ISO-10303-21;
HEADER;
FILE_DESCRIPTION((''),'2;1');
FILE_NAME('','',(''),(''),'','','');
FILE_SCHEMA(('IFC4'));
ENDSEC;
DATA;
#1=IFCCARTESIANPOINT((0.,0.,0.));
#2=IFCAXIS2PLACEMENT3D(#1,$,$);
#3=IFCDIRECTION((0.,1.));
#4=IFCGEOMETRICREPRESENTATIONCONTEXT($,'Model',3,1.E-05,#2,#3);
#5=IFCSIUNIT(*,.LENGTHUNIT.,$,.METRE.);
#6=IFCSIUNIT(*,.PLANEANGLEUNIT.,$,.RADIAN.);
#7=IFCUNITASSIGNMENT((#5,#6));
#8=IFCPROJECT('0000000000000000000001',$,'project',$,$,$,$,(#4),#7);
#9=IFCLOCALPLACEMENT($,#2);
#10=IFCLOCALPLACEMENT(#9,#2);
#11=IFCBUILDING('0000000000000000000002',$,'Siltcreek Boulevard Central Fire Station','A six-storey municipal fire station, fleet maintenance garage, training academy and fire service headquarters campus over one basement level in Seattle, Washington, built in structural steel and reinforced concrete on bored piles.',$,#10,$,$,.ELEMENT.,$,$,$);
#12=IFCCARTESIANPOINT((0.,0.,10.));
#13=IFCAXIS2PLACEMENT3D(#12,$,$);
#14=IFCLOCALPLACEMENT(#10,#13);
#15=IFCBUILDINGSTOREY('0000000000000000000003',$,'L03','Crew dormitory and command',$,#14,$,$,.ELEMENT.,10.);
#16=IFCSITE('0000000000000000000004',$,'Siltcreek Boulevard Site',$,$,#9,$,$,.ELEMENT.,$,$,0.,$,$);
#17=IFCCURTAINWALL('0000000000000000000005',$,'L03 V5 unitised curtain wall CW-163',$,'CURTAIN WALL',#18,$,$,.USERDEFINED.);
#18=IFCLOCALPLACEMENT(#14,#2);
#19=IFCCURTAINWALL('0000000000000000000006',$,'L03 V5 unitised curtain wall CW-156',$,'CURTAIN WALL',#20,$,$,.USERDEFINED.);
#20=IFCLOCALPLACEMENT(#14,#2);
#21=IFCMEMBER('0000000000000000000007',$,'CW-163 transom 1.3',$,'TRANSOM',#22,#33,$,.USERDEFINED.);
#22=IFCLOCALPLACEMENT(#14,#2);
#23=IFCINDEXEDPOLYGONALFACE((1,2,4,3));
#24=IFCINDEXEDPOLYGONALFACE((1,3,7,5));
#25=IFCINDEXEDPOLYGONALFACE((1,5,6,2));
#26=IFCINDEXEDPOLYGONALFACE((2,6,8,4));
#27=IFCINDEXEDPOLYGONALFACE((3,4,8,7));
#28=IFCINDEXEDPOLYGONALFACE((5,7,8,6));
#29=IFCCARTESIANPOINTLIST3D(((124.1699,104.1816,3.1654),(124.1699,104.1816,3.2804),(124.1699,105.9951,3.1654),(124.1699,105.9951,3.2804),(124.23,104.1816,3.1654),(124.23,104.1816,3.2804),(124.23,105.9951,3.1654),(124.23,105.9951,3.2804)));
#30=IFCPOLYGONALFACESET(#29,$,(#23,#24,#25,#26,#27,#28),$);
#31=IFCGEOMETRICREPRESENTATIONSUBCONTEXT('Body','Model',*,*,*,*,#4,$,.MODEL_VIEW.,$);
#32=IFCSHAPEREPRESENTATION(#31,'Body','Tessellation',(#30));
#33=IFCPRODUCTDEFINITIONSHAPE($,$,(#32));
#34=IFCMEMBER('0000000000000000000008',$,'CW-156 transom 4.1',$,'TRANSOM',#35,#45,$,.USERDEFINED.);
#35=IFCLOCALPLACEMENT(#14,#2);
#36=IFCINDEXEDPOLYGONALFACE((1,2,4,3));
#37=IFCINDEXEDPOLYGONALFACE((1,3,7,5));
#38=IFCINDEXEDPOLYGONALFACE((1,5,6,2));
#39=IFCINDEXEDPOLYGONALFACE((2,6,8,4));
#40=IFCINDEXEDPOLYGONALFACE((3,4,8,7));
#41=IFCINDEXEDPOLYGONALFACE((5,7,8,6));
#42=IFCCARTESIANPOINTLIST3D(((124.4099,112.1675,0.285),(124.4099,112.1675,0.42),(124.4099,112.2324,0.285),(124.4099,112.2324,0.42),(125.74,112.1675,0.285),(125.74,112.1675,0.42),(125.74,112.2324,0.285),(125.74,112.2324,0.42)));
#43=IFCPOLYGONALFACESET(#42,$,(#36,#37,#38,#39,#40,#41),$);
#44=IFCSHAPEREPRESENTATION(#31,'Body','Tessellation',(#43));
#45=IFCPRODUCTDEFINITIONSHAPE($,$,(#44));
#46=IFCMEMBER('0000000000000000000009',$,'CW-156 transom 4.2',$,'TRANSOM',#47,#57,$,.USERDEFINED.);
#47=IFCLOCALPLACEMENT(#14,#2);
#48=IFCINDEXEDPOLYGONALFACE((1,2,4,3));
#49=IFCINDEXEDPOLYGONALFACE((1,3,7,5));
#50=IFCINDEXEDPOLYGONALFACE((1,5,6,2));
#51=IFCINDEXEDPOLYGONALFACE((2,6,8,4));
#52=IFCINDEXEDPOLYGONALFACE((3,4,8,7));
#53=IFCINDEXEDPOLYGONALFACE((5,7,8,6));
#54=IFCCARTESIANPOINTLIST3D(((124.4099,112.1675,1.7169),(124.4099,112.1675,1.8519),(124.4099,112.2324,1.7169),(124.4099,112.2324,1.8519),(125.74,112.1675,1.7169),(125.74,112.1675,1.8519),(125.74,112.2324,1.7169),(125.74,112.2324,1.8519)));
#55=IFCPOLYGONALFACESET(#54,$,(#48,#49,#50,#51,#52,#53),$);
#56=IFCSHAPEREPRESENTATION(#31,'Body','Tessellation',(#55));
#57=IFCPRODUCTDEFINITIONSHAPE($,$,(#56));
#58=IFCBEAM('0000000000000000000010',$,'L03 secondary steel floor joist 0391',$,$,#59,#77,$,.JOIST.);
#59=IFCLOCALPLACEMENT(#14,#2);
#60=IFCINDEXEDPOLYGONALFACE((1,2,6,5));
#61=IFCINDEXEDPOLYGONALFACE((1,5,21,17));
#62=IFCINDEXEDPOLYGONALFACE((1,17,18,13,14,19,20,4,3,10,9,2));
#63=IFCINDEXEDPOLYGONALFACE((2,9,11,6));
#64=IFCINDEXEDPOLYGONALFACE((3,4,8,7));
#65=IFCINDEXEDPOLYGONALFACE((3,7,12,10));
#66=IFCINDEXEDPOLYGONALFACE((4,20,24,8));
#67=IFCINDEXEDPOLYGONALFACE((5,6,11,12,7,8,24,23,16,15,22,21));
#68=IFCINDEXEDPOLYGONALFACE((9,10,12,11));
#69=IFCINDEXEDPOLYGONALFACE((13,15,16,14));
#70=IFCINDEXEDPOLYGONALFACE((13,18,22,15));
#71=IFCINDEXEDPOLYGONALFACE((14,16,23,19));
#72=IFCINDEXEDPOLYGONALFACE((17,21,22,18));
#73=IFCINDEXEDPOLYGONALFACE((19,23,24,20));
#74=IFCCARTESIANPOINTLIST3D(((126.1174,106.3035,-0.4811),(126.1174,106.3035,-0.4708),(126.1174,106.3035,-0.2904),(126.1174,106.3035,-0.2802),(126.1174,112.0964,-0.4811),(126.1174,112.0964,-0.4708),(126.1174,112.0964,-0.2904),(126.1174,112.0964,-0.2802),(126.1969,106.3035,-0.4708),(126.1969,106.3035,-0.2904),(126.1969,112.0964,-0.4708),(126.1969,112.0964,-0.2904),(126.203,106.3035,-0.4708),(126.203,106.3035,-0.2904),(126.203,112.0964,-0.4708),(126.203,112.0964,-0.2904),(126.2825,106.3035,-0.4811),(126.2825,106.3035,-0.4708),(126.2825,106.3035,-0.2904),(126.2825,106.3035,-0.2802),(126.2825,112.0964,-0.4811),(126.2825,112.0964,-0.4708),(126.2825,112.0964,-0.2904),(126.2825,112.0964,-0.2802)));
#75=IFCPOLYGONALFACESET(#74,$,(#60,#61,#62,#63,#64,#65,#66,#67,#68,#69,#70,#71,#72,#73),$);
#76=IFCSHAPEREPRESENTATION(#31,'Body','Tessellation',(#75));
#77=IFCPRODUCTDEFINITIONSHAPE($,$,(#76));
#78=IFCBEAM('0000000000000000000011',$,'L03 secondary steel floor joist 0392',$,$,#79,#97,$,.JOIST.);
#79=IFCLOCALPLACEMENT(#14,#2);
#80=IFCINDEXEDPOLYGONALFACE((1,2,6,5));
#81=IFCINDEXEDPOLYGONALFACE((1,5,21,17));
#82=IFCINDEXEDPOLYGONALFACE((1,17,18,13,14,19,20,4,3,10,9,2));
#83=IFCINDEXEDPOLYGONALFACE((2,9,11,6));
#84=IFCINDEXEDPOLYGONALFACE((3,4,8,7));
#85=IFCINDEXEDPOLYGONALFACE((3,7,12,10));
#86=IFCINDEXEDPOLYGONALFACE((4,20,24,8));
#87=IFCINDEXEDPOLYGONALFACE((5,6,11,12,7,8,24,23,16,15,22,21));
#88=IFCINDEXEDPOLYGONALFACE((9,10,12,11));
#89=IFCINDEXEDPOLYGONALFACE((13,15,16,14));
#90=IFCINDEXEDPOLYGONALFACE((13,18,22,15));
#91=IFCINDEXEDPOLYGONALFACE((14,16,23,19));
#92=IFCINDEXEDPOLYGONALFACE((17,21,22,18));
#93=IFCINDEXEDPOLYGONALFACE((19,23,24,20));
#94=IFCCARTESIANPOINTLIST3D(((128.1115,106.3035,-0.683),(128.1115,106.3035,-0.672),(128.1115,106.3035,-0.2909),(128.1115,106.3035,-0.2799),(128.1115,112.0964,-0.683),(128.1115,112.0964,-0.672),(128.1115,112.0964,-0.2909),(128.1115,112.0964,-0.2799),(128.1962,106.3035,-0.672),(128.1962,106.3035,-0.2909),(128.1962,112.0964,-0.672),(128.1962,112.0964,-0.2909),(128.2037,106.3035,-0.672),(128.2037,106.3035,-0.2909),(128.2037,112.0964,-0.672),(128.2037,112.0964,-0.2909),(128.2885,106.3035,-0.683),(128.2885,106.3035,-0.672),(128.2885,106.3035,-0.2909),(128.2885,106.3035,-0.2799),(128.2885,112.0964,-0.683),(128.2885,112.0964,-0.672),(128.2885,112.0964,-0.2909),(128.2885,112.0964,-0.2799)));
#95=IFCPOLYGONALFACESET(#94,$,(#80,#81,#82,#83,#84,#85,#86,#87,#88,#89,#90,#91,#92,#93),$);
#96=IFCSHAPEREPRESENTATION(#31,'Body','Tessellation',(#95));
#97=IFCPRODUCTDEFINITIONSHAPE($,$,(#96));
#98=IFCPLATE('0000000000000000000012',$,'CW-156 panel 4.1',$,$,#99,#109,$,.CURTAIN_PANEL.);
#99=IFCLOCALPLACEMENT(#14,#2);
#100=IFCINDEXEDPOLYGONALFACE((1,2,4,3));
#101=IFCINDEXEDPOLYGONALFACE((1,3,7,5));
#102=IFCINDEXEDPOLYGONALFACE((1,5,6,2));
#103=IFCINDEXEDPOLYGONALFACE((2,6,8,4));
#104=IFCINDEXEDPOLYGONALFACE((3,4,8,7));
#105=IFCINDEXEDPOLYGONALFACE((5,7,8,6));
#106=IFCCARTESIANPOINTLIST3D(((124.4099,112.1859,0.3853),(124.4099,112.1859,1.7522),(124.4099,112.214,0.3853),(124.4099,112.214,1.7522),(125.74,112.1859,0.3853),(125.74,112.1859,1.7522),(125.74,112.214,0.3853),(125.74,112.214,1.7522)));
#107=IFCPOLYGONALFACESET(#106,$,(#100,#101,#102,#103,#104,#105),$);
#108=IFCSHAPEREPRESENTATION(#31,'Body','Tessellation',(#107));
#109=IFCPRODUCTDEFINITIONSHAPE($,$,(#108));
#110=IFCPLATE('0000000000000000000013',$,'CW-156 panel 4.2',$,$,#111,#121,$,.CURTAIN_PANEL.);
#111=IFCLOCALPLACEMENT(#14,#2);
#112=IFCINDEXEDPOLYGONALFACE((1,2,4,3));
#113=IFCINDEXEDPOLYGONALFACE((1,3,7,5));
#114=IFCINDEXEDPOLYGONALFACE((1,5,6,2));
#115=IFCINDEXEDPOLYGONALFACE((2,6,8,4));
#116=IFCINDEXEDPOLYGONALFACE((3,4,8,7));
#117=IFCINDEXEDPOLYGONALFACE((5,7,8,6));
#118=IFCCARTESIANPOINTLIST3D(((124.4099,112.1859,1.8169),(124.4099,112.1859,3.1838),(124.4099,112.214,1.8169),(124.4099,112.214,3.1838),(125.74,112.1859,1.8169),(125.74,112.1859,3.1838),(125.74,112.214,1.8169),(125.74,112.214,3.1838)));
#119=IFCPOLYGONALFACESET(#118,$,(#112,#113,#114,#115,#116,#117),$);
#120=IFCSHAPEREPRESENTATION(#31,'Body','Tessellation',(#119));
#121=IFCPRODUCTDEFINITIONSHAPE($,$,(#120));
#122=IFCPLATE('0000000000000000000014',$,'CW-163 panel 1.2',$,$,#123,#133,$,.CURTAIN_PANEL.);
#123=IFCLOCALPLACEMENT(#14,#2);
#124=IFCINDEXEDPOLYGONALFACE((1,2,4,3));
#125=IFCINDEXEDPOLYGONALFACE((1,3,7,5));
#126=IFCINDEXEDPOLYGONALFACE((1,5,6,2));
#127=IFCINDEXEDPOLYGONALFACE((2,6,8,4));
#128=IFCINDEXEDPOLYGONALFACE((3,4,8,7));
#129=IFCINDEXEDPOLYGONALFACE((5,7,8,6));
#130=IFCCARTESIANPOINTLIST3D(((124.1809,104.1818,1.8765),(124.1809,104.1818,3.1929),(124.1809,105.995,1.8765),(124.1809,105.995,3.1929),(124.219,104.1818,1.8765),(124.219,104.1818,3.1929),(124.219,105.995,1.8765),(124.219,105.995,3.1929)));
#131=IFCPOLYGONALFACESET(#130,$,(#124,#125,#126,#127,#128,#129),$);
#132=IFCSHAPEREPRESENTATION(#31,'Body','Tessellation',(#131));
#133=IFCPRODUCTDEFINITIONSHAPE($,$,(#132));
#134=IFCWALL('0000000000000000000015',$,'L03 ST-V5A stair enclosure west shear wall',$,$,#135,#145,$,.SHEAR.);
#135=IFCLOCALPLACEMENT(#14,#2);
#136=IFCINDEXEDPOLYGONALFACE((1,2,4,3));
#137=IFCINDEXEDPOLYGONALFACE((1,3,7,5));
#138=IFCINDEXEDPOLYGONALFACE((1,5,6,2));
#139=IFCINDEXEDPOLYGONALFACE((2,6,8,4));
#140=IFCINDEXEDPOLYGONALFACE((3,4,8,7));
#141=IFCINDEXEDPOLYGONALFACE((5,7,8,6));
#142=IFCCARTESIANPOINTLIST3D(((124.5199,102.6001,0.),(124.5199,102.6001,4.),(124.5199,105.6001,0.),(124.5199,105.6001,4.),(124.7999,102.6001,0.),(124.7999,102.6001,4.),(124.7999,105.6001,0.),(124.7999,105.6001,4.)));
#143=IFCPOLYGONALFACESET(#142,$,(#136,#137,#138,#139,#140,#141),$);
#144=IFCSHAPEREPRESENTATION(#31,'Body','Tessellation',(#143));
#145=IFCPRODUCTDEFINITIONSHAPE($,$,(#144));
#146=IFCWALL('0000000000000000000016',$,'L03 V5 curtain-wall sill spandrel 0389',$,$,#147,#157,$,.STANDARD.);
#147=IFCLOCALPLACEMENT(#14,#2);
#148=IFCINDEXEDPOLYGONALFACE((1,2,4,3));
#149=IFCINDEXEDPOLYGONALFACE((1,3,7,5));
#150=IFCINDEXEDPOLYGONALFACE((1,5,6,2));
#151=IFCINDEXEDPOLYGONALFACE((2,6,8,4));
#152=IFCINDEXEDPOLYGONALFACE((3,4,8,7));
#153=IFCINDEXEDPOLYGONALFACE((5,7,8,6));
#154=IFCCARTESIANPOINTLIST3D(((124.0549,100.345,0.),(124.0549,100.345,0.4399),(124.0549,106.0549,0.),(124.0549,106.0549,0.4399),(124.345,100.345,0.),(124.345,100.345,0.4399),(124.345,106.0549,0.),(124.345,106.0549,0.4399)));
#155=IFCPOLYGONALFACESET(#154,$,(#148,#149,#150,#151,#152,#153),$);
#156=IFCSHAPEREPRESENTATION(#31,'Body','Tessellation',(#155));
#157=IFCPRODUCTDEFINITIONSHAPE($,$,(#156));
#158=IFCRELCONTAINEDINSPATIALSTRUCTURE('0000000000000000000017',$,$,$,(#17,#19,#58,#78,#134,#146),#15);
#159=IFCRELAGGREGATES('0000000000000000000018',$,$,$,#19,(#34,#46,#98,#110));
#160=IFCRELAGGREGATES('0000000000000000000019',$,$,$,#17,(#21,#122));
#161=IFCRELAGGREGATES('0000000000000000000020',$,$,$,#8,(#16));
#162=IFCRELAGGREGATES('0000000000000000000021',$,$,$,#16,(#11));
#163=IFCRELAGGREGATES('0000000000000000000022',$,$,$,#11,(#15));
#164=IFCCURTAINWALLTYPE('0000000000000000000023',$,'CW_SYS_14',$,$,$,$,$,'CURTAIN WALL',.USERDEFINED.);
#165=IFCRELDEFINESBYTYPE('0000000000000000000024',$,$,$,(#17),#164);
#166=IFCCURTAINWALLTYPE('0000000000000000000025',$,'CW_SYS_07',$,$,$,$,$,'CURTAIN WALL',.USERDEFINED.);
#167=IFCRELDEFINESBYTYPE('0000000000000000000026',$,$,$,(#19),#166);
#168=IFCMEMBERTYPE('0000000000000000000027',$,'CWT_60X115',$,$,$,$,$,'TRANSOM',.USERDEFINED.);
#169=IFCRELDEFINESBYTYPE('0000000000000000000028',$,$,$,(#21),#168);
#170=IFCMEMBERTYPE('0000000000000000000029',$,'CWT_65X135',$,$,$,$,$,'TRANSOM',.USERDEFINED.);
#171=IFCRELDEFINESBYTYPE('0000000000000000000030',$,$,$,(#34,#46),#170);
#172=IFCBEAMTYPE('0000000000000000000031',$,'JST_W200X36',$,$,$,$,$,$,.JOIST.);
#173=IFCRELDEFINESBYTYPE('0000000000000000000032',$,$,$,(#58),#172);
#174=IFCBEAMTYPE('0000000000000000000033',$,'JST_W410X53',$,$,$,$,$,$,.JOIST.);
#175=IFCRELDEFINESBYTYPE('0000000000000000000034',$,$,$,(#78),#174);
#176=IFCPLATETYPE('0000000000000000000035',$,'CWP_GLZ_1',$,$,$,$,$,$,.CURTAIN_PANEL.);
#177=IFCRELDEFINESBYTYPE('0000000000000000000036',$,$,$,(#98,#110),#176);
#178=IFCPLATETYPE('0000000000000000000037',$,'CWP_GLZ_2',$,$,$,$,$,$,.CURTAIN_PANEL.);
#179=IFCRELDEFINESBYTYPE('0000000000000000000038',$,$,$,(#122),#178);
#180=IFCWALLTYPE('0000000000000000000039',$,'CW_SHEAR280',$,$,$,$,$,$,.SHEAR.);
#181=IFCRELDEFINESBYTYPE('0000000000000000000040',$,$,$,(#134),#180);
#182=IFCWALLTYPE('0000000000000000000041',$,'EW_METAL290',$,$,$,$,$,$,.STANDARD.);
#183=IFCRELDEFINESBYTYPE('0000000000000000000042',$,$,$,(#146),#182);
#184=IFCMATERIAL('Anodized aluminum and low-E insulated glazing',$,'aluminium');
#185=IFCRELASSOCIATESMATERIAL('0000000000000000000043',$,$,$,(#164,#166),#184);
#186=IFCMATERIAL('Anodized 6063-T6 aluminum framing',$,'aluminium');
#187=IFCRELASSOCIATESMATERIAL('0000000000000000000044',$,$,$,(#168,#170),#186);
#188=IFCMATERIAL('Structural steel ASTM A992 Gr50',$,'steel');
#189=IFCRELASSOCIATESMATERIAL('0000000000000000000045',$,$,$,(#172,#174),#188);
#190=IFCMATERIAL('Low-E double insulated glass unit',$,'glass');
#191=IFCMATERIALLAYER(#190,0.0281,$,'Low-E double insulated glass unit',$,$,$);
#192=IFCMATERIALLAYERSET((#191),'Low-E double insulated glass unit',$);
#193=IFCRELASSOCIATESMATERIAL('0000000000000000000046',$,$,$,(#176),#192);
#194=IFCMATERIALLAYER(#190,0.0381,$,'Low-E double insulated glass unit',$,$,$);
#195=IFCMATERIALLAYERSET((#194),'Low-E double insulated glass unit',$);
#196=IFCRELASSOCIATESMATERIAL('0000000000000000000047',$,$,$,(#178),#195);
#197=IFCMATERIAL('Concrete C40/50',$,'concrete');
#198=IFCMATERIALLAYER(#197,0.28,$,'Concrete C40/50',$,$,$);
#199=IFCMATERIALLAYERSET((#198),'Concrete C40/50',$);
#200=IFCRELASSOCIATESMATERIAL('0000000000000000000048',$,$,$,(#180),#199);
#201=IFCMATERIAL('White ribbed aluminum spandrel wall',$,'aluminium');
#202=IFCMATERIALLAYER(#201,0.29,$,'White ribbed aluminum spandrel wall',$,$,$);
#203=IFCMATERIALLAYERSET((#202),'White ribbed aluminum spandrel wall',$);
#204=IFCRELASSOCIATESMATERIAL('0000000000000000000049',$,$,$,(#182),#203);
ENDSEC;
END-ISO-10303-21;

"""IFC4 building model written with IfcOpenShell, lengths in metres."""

from ifc_helpers import new_model, si_unit, direction, frame, frame_2d, origin, origin_2d, place, context, subcontext, project, spatial, rectangle, i_section, extrude, material, layer, layer_set, material_profile, profile_set, type_object, element, aggregate, save


model = new_model("IFC4")

# Units and contexts
model_context = context("Model", 3, precision=1e-05, world=origin(), true_north=direction((0.0, 1.0)))
body_context = subcontext(model_context, "Body", "Model", "MODEL_VIEW")
ifc_project = project(units=[si_unit("LENGTHUNIT", "METRE"), si_unit("PLANEANGLEUNIT", "RADIAN")], contexts=[model_context])

# Site, building, storey
site_placement = place(None, origin())
site = spatial("IfcSite", under=ifc_project, at=site_placement, Name="Siltcreek Boulevard Site", CompositionType="ELEMENT", RefElevation=0.0)
building_placement = place(site_placement, origin())
building = spatial("IfcBuilding", under=site, at=building_placement, Name="Siltcreek Boulevard Central Fire Station", Description="A six-storey municipal fire station, fleet maintenance garage, training academy and fire service headquarters campus over one basement level in Seattle, Washington, built in structural steel and reinforced concrete on bored piles.", CompositionType="ELEMENT")
storey_placement = place(building_placement, frame((0.0, 0.0, 10.0)))
storey = spatial("IfcBuildingStorey", under=building, at=storey_placement, Name="L03", Description="Crew dormitory and command", CompositionType="ELEMENT", Elevation=10.0)

# Shared definitions
ifc_material_1 = material(Name="Structural steel ASTM A992 Gr50", Category="steel")

# Curtain walls
ifc_material_2 = material(Name="Anodized aluminum and low-E insulated glazing", Category="aluminium")
curtain_wall_type_1 = type_object("IfcCurtainWallType", Name="CW_SYS_14", ElementType="CURTAIN WALL", PredefinedType="USERDEFINED", material=ifc_material_2)
curtain_wall_1_placement = place(storey_placement, origin())
curtain_wall_1 = element("IfcCurtainWall", 1, at=curtain_wall_1_placement, inside=storey, type_object=curtain_wall_type_1, Name="L03 V5 unitised curtain wall CW-163", ObjectType="CURTAIN WALL", PredefinedType="USERDEFINED")
ifc_material_3 = material(Name="Anodized 6063-T6 aluminum framing", Category="aluminium")
curtain_wall_type_2 = type_object("IfcCurtainWallType", Name="CW_SYS_07", ElementType="CURTAIN WALL", PredefinedType="USERDEFINED", material=ifc_material_2)
curtain_wall_2_placement = place(storey_placement, origin())
curtain_wall_2 = element("IfcCurtainWall", 2, at=curtain_wall_2_placement, inside=storey, type_object=curtain_wall_type_2, Name="L03 V5 unitised curtain wall CW-156", ObjectType="CURTAIN WALL", PredefinedType="USERDEFINED")

# Members
ifc_material_profile_1 = material_profile(ifc_material_3, rectangle(XDim=0.0601, YDim=0.115, at=origin_2d()), Name="TRAN60X115")
ifc_profile_set_1 = profile_set([ifc_material_profile_1], Name="Anodized 6063-T6 aluminum framing")
member_type_1 = type_object("IfcMemberType", Name="CWT_60X115", ElementType="TRANSOM", PredefinedType="USERDEFINED", material=ifc_profile_set_1)
member_1_placement = place(storey_placement, frame((124.2, 105.9951, 3.2229), z_axis=(0.0, -1.0, 0.0), x_axis=(1.0, 0.0, 0.0)))
member_1 = element("IfcMember", 3, at=member_1_placement, type_object=member_type_1, Name="CW-163 transom 1.3", ObjectType="TRANSOM", PredefinedType="USERDEFINED", context=body_context, shape_type="SweptSolid", body=[
    extrude(rectangle(XDim=0.0601, YDim=0.115, at=origin_2d()), origin(), (0.0, 0.0, 1.0), 1.8135),
])
ifc_material_profile_2 = material_profile(ifc_material_3, rectangle(XDim=0.0649, YDim=0.135, at=origin_2d()), Name="TRAN65X135")
ifc_profile_set_2 = profile_set([ifc_material_profile_2], Name="Anodized 6063-T6 aluminum framing")
member_type_2 = type_object("IfcMemberType", Name="CWT_65X135", ElementType="TRANSOM", PredefinedType="USERDEFINED", material=ifc_profile_set_2)
member_2_placement = place(storey_placement, frame((125.74, 112.2, 0.3525), z_axis=(-1.0, 0.0, 0.0), x_axis=(0.0, -1.0, 0.0)))
member_2 = element("IfcMember", 4, at=member_2_placement, type_object=member_type_2, Name="CW-156 transom 4.1", ObjectType="TRANSOM", PredefinedType="USERDEFINED", context=body_context, shape_type="SweptSolid", body=[
    extrude(rectangle(XDim=0.0649, YDim=0.135, at=origin_2d()), origin(), (0.0, 0.0, 1.0), 1.3301),
])
member_3_placement = place(storey_placement, frame((125.74, 112.2, 1.7844), z_axis=(-1.0, 0.0, 0.0), x_axis=(0.0, -1.0, 0.0)))
member_3 = element("IfcMember", 5, at=member_3_placement, type_object=member_type_2, Name="CW-156 transom 4.2", ObjectType="TRANSOM", PredefinedType="USERDEFINED", context=body_context, shape_type="SweptSolid", body=[
    extrude(rectangle(XDim=0.0649, YDim=0.135, at=origin_2d()), origin(), (0.0, 0.0, 1.0), 1.3301),
])

# Beams
ifc_material_profile_3 = material_profile(ifc_material_1, i_section(OverallWidth=0.165, OverallDepth=0.2009, WebThickness=0.0061, FlangeThickness=0.0103, at=origin_2d()), Name="W200X36")
ifc_profile_set_3 = profile_set([ifc_material_profile_3], Name="Structural steel ASTM A992 Gr50")
beam_type_1 = type_object("IfcBeamType", Name="JST_W200X36", PredefinedType="JOIST", material=ifc_profile_set_3)
beam_1_placement = place(storey_placement, frame((126.2, 106.3035, -0.3806), z_axis=(0.0, 1.0, 0.0), x_axis=(-1.0, 0.0, 0.0)))
element("IfcBeam", 6, at=beam_1_placement, inside=storey, type_object=beam_type_1, Name="L03 secondary steel floor joist 0391", PredefinedType="JOIST", context=body_context, shape_type="SweptSolid", body=[
    extrude(i_section(OverallWidth=0.165, OverallDepth=0.2009, WebThickness=0.0061, FlangeThickness=0.0103, at=origin_2d()), origin(), (0.0, 0.0, 1.0), 5.793),
])
ifc_material_profile_4 = material_profile(ifc_material_1, i_section(OverallWidth=0.177, OverallDepth=0.4031, WebThickness=0.0076, FlangeThickness=0.011, at=origin_2d()), Name="W410X53")
ifc_profile_set_4 = profile_set([ifc_material_profile_4], Name="Structural steel ASTM A992 Gr50")
beam_type_2 = type_object("IfcBeamType", Name="JST_W410X53", PredefinedType="JOIST", material=ifc_profile_set_4)
beam_2_placement = place(storey_placement, frame((128.2, 106.3035, -0.4814), z_axis=(0.0, 1.0, 0.0), x_axis=(-1.0, 0.0, 0.0)))
element("IfcBeam", 7, at=beam_2_placement, inside=storey, type_object=beam_type_2, Name="L03 secondary steel floor joist 0392", PredefinedType="JOIST", context=body_context, shape_type="SweptSolid", body=[
    extrude(i_section(OverallWidth=0.177, OverallDepth=0.4031, WebThickness=0.0076, FlangeThickness=0.011, at=origin_2d()), origin(), (0.0, 0.0, 1.0), 5.793),
])

# Plates
ifc_material_4 = material(Name="Low-E double insulated glass unit", Category="glass")
ifc_layer_1 = layer(ifc_material_4, 0.0281, Name="Low-E double insulated glass unit")
ifc_layer_set_1 = layer_set([ifc_layer_1], Name="Low-E double insulated glass unit")
plate_type_1 = type_object("IfcPlateType", Name="CWP_GLZ_1", PredefinedType="CURTAIN_PANEL", material=ifc_layer_set_1)
plate_1_placement = place(storey_placement, frame((125.075, 112.2, 0.3853), z_axis=(0.0, 0.0, 1.0), x_axis=(-1.0, 0.0, 0.0)))
plate_1 = element("IfcPlate", 8, at=plate_1_placement, type_object=plate_type_1, Name="CW-156 panel 4.1", PredefinedType="CURTAIN_PANEL", context=body_context, shape_type="SweptSolid", body=[
    extrude(rectangle(XDim=1.3301, YDim=0.0281, at=origin_2d()), origin(), (0.0, 0.0, 1.0), 1.3669),
])
plate_2_placement = place(storey_placement, frame((125.075, 112.2, 1.8169), z_axis=(0.0, 0.0, 1.0), x_axis=(-1.0, 0.0, 0.0)))
plate_2 = element("IfcPlate", 9, at=plate_2_placement, type_object=plate_type_1, Name="CW-156 panel 4.2", PredefinedType="CURTAIN_PANEL", context=body_context, shape_type="SweptSolid", body=[
    extrude(rectangle(XDim=1.3301, YDim=0.0281, at=origin_2d()), origin(), (0.0, 0.0, 1.0), 1.3669),
])
aggregate(curtain_wall_2, [member_2, member_3, plate_1, plate_2])
ifc_layer_2 = layer(ifc_material_4, 0.0381, Name="Low-E double insulated glass unit")
ifc_layer_set_2 = layer_set([ifc_layer_2], Name="Low-E double insulated glass unit")
plate_type_2 = type_object("IfcPlateType", Name="CWP_GLZ_2", PredefinedType="CURTAIN_PANEL", material=ifc_layer_set_2)
plate_3_placement = place(storey_placement, frame((124.2, 105.0884, 1.8765), z_axis=(0.0, 0.0, 1.0), x_axis=(0.0, -1.0, 0.0)))
plate_3 = element("IfcPlate", 10, at=plate_3_placement, type_object=plate_type_2, Name="CW-163 panel 1.2", PredefinedType="CURTAIN_PANEL", context=body_context, shape_type="SweptSolid", body=[
    extrude(rectangle(XDim=1.8132, YDim=0.0381, at=origin_2d()), origin(), (0.0, 0.0, 1.0), 1.3164),
])
aggregate(curtain_wall_1, [member_1, plate_3])

# Walls
ifc_material_5 = material(Name="Concrete C40/50", Category="concrete")
ifc_layer_3 = layer(ifc_material_5, 0.28, Name="Concrete C40/50")
ifc_layer_set_3 = layer_set([ifc_layer_3], Name="Concrete C40/50")
wall_type_1 = type_object("IfcWallType", Name="CW_SHEAR280", PredefinedType="SHEAR", material=ifc_layer_set_3)
wall_1_placement = place(storey_placement, frame((124.6599, 105.6001, 0.0), z_axis=(0.0, 0.0, 1.0), x_axis=(0.0, -1.0, 0.0)))
element("IfcWall", 11, at=wall_1_placement, inside=storey, type_object=wall_type_1, Name="L03 ST-V5A stair enclosure west shear wall", PredefinedType="SHEAR", context=body_context, shape_type="SweptSolid", body=[
    extrude(rectangle(XDim=3.0, YDim=0.28, at=frame_2d((1.5, 0.0))), origin(), (0.0, 0.0, 1.0), 4.0),
])
ifc_material_6 = material(Name="White ribbed aluminum spandrel wall", Category="aluminium")
ifc_layer_4 = layer(ifc_material_6, 0.29, Name="White ribbed aluminum spandrel wall")
ifc_layer_set_4 = layer_set([ifc_layer_4], Name="White ribbed aluminum spandrel wall")
wall_type_2 = type_object("IfcWallType", Name="EW_METAL290", PredefinedType="STANDARD", material=ifc_layer_set_4)
wall_2_placement = place(storey_placement, frame((124.2, 106.0549, 0.0), z_axis=(0.0, 0.0, 1.0), x_axis=(0.0, -1.0, 0.0)))
element("IfcWall", 12, at=wall_2_placement, inside=storey, type_object=wall_type_2, Name="L03 V5 curtain-wall sill spandrel 0389", PredefinedType="STANDARD", context=body_context, shape_type="SweptSolid", body=[
    extrude(rectangle(XDim=5.71, YDim=0.29, at=frame_2d((2.855, 0.0))), origin(), (0.0, 0.0, 1.0), 0.4399),
])

save(model, "model.ifc")
